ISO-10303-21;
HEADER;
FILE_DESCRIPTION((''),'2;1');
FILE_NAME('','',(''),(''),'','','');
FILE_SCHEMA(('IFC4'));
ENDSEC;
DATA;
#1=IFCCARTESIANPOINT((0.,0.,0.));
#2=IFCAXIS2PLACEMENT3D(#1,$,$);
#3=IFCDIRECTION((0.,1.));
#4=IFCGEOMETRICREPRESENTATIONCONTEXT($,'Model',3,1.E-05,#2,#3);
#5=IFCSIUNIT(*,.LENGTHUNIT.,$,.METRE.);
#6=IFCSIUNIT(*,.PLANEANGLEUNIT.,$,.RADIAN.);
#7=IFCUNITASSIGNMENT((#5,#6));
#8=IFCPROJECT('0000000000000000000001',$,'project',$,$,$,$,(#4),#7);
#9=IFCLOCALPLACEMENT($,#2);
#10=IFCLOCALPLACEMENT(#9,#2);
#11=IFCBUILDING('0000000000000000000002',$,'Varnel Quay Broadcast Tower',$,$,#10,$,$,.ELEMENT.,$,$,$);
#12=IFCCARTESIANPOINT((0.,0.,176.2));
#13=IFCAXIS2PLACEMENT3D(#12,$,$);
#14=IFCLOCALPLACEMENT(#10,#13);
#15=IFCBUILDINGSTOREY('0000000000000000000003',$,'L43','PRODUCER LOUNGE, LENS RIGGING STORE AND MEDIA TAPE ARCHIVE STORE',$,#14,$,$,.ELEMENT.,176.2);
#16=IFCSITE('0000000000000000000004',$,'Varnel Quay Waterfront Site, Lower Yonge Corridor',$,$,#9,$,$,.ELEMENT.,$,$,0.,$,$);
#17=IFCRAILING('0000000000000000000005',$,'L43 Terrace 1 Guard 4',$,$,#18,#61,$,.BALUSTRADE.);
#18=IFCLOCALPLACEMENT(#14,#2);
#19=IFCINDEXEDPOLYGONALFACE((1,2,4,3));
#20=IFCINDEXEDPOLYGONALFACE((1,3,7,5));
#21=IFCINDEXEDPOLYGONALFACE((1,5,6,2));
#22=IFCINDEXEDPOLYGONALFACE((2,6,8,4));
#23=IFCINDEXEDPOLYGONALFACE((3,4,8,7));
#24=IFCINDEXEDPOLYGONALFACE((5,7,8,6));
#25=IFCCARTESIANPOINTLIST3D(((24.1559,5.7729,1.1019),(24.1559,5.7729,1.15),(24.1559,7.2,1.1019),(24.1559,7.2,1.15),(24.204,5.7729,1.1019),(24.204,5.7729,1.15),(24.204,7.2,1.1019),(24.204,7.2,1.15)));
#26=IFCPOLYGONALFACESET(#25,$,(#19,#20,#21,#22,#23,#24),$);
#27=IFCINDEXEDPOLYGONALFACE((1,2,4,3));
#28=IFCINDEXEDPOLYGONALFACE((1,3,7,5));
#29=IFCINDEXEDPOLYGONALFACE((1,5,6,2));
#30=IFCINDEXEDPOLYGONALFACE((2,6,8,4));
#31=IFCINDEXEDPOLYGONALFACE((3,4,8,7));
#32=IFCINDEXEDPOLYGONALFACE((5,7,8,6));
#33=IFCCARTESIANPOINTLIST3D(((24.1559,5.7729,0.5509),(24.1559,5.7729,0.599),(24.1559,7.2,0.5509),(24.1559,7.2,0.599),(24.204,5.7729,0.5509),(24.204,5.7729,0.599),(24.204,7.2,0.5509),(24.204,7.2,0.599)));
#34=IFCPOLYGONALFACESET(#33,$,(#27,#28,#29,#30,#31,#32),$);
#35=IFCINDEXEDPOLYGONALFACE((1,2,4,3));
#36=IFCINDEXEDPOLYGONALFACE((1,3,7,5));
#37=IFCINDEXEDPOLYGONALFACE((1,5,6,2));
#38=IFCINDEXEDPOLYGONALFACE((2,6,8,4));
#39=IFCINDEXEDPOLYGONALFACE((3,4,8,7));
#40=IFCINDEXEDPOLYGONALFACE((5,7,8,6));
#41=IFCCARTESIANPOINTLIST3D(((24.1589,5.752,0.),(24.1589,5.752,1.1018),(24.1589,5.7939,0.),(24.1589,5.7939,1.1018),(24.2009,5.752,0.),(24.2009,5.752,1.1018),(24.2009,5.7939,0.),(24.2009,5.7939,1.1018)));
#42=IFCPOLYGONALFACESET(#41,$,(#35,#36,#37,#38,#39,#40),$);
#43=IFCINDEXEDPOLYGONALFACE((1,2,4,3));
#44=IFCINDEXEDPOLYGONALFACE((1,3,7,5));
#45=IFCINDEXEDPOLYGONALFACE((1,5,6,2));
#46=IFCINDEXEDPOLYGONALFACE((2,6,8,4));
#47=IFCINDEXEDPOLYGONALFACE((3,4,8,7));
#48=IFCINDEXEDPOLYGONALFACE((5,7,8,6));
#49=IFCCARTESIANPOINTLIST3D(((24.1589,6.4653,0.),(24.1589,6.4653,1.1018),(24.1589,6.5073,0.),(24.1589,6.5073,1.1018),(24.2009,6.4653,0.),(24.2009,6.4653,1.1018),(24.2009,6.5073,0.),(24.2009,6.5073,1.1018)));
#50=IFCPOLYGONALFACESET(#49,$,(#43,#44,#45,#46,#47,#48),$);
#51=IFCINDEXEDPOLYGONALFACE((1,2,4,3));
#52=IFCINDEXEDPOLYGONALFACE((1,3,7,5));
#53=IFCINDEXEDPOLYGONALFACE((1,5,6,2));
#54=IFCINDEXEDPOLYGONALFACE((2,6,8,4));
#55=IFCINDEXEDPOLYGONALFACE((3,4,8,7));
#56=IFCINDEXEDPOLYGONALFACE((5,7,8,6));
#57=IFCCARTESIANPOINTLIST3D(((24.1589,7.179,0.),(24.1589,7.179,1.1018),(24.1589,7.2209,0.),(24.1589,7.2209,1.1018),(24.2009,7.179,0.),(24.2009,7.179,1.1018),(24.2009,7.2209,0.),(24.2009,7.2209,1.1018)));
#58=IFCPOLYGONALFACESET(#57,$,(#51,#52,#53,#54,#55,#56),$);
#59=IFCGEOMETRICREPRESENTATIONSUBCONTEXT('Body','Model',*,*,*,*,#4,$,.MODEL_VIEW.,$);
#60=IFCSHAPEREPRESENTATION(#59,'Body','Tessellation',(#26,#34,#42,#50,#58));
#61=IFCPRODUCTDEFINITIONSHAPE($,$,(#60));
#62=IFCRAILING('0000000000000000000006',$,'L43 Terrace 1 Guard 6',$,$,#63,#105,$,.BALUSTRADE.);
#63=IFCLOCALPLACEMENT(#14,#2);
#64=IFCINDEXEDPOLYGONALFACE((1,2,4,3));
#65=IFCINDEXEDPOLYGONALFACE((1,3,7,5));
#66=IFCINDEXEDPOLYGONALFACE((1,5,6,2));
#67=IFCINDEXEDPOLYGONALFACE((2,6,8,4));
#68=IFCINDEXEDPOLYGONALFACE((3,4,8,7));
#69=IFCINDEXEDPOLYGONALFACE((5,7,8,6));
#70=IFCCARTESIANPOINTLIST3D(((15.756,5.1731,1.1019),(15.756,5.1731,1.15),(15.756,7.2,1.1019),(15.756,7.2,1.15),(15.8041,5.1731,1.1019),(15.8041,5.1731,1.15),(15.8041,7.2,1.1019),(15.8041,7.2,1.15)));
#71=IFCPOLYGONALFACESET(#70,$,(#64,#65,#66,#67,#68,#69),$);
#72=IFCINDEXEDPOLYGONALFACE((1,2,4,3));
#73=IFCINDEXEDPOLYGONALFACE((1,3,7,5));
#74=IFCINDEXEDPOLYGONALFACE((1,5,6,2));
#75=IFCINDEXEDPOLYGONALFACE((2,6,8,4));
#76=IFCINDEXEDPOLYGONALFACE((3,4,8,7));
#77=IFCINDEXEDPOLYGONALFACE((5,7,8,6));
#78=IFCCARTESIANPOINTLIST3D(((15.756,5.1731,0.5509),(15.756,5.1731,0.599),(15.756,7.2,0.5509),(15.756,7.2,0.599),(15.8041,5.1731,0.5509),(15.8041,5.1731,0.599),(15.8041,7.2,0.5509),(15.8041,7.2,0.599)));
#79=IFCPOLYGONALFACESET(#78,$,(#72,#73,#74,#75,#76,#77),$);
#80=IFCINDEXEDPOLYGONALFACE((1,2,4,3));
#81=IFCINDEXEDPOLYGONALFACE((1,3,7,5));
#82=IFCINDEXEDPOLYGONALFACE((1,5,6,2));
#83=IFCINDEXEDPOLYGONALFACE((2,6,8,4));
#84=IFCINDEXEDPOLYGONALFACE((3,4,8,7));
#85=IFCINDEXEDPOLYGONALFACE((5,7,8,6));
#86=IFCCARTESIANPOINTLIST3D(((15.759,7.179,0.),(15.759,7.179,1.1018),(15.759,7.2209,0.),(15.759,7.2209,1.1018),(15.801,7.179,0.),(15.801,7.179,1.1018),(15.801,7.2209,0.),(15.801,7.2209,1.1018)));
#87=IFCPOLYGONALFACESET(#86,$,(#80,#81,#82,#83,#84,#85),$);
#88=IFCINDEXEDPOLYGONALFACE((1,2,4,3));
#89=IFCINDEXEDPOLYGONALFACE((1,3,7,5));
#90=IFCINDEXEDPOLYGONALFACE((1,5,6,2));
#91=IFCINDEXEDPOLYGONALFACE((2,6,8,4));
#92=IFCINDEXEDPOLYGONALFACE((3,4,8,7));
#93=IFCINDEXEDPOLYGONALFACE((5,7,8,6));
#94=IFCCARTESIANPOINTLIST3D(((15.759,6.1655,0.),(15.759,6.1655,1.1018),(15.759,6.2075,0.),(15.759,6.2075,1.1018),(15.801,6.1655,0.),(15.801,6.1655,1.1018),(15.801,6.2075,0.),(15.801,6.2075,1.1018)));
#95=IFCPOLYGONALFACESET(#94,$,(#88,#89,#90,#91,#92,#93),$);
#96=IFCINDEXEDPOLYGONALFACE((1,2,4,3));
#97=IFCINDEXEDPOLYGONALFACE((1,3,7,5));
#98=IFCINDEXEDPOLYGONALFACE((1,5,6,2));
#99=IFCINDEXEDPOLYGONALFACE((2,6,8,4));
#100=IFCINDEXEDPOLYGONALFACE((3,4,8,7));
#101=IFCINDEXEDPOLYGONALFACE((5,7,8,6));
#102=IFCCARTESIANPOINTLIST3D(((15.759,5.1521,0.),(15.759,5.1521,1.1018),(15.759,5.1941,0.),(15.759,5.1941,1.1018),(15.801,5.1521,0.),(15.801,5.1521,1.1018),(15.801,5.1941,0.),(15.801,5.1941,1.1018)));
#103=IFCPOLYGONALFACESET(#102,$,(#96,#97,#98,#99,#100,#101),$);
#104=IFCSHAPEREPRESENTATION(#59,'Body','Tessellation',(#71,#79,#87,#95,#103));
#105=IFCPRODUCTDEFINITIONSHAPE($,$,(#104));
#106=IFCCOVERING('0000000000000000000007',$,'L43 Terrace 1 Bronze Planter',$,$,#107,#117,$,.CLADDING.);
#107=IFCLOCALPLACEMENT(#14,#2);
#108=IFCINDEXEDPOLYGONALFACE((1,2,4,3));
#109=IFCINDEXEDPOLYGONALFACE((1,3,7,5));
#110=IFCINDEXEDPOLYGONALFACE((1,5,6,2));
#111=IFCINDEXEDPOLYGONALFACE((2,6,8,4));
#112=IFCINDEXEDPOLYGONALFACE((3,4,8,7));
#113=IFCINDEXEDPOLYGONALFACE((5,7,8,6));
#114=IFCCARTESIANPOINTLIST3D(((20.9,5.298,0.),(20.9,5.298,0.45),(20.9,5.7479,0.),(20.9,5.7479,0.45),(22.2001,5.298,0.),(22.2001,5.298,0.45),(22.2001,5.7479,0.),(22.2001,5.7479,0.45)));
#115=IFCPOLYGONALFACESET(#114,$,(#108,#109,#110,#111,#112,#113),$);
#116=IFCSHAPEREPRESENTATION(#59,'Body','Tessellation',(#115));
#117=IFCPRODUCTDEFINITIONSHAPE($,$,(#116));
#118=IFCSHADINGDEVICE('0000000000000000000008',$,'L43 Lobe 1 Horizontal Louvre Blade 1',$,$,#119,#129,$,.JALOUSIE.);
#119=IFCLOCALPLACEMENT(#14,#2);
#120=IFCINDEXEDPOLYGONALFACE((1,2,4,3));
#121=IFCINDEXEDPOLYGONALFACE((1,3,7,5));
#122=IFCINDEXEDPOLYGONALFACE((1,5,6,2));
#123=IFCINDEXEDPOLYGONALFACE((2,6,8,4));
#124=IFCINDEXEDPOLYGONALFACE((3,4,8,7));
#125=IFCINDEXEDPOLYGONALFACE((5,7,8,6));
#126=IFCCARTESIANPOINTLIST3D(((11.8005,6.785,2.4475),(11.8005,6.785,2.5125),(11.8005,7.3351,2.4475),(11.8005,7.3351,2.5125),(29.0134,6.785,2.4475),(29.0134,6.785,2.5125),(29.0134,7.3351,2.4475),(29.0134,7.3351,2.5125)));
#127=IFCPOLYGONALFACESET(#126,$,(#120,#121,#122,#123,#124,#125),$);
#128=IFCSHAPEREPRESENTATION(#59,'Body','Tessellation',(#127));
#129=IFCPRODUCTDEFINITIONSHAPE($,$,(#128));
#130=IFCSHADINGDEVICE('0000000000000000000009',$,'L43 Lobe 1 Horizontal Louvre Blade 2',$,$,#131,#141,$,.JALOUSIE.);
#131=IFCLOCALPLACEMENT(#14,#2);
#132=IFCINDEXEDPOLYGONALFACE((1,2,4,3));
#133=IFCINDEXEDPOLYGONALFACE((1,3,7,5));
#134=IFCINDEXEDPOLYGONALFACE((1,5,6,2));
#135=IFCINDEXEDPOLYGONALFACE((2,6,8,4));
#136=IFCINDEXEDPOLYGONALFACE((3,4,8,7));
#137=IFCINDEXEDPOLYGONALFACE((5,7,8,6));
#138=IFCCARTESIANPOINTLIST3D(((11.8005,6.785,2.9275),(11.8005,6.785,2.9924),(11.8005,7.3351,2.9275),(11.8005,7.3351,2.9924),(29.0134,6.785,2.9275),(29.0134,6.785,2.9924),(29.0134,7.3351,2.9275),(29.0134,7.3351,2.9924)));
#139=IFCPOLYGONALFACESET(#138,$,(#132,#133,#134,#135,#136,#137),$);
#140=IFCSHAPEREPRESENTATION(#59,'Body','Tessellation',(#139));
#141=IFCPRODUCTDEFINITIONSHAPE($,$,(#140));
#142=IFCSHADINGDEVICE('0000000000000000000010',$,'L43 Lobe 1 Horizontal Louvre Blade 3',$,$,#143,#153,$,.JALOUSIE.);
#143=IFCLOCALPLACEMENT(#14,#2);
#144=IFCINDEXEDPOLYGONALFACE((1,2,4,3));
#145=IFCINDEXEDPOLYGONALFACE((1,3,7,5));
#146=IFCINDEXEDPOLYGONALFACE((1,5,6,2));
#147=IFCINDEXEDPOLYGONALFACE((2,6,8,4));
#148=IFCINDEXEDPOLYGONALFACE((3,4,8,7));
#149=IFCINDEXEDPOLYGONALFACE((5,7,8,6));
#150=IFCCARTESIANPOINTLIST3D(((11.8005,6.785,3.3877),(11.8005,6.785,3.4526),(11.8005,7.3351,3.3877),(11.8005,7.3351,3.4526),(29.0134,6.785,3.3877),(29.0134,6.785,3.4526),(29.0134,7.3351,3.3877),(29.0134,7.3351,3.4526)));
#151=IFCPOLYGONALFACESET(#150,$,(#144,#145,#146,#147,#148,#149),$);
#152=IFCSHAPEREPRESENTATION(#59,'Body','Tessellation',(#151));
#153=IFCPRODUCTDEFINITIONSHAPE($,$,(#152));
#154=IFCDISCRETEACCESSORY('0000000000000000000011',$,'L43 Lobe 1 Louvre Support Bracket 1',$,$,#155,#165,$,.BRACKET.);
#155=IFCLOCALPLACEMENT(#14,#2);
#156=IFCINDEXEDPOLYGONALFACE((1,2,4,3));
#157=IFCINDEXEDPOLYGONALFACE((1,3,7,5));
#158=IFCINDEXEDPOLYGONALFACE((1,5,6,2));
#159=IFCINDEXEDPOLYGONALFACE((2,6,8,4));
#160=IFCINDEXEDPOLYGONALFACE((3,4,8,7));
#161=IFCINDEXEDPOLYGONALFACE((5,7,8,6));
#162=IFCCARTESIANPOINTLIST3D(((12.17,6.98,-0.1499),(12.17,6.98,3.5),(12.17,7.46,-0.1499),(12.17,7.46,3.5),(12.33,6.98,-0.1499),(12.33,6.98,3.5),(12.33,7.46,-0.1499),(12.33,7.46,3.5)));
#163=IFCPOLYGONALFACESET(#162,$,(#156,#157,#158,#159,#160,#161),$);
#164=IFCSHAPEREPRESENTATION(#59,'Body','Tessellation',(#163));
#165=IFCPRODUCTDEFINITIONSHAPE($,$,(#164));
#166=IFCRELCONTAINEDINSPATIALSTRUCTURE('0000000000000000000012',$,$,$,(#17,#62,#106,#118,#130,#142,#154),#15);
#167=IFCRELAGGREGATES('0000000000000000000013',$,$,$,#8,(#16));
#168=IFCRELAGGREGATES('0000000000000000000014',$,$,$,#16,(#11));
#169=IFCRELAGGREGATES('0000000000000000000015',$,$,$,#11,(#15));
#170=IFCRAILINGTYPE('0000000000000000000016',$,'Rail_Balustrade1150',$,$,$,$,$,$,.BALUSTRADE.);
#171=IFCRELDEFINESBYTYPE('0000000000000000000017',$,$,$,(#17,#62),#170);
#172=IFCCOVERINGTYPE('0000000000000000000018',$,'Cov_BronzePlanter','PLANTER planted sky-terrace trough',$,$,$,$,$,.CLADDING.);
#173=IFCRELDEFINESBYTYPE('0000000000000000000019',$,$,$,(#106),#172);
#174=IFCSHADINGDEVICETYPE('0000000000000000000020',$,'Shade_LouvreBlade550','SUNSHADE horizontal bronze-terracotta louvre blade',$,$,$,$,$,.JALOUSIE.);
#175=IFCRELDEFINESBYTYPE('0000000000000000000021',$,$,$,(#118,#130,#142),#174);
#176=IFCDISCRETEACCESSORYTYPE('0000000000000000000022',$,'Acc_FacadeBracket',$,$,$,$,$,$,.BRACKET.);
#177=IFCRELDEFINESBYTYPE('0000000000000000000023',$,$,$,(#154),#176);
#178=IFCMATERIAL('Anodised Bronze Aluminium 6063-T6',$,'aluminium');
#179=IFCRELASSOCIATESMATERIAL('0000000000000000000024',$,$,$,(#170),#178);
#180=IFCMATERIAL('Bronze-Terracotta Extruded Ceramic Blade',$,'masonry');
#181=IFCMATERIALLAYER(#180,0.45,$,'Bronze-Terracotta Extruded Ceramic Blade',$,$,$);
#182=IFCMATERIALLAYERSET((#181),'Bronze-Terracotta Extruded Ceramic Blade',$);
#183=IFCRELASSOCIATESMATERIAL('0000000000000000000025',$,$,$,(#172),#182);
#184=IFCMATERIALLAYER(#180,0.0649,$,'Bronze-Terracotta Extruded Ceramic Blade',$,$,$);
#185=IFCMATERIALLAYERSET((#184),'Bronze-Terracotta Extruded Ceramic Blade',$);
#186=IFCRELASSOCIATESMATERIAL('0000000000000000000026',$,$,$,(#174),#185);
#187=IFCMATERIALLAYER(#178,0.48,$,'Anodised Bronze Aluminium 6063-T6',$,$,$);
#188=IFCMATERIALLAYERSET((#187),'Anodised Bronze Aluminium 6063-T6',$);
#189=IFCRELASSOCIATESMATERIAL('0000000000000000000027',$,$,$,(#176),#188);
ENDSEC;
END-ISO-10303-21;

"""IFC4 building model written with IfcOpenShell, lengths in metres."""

from ifc_helpers import new_model, si_unit, direction, frame, origin, origin_2d, place, context, subcontext, project, spatial, rectangle, extrude, source, transform, mapped, material, layer, layer_set, type_object, type_shapes, element, save


model = new_model("IFC4")

# Units and contexts
model_context = context("Model", 3, precision=1e-05, world=origin(), true_north=direction((0.0, 1.0)))
body_context = subcontext(model_context, "Body", "Model", "MODEL_VIEW")
ifc_project = project(units=[si_unit("LENGTHUNIT", "METRE"), si_unit("PLANEANGLEUNIT", "RADIAN")], contexts=[model_context])

# Site, building, storey
site_placement = place(None, origin())
site = spatial("IfcSite", under=ifc_project, at=site_placement, Name="Varnel Quay Waterfront Site, Lower Yonge Corridor", CompositionType="ELEMENT", RefElevation=0.0)
building_placement = place(site_placement, origin())
building = spatial("IfcBuilding", under=site, at=building_placement, Name="Varnel Quay Broadcast Tower", CompositionType="ELEMENT")
storey_placement = place(building_placement, frame((0.0, 0.0, 176.2)))
storey = spatial("IfcBuildingStorey", under=building, at=storey_placement, Name="L43", Description="PRODUCER LOUNGE, LENS RIGGING STORE AND MEDIA TAPE ARCHIVE STORE", CompositionType="ELEMENT", Elevation=176.2)

# Shared definitions
ifc_material_1 = material(Name="Anodised Bronze Aluminium 6063-T6", Category="aluminium")

# Railings
railing_type = type_object("IfcRailingType", Name="Rail_Balustrade1150", PredefinedType="BALUSTRADE", material=ifc_material_1)
railing_1_placement = place(storey_placement, frame((24.1799, 5.7729, 0.0)))
element("IfcRailing", 1, at=railing_1_placement, inside=storey, type_object=railing_type, Name="L43 Terrace 1 Guard 4", PredefinedType="BALUSTRADE", context=body_context, shape_type="SweptSolid", body=[
    extrude(rectangle(XDim=0.0481, YDim=0.0481, at=origin_2d()), frame((0.0, 0.0, 1.126), z_axis=(0.0, 1.0, 0.0), x_axis=(-1.0, 0.0, 0.0)), (0.0, 0.0, 1.0), 1.427),
    extrude(rectangle(XDim=0.0481, YDim=0.0481, at=origin_2d()), frame((0.0, 0.0, 0.575), z_axis=(0.0, 1.0, 0.0), x_axis=(-1.0, 0.0, 0.0)), (0.0, 0.0, 1.0), 1.427),
    extrude(rectangle(XDim=0.042, YDim=0.042, at=origin_2d()), origin(), (0.0, 0.0, 1.0), 1.1018),
    extrude(rectangle(XDim=0.042, YDim=0.042, at=origin_2d()), frame((0.0, 0.7134, 0.0)), (0.0, 0.0, 1.0), 1.1018),
    extrude(rectangle(XDim=0.042, YDim=0.042, at=origin_2d()), frame((0.0, 1.427, 0.0)), (0.0, 0.0, 1.0), 1.1018),
])
railing_2_placement = place(storey_placement, frame((15.78, 7.2, 0.0)))
element("IfcRailing", 2, at=railing_2_placement, inside=storey, type_object=railing_type, Name="L43 Terrace 1 Guard 6", PredefinedType="BALUSTRADE", context=body_context, shape_type="SweptSolid", body=[
    extrude(rectangle(XDim=0.0481, YDim=0.0481, at=origin_2d()), frame((0.0, 0.0, 1.126), z_axis=(0.0, -1.0, 0.0), x_axis=(1.0, 0.0, 0.0)), (0.0, 0.0, 1.0), 2.0269),
    extrude(rectangle(XDim=0.0481, YDim=0.0481, at=origin_2d()), frame((0.0, 0.0, 0.575), z_axis=(0.0, -1.0, 0.0), x_axis=(1.0, 0.0, 0.0)), (0.0, 0.0, 1.0), 2.0269),
    extrude(rectangle(XDim=0.042, YDim=0.042, at=origin_2d()), origin(), (0.0, 0.0, 1.0), 1.1018),
    extrude(rectangle(XDim=0.042, YDim=0.042, at=origin_2d()), frame((0.0, -1.0134, 0.0)), (0.0, 0.0, 1.0), 1.1018),
    extrude(rectangle(XDim=0.042, YDim=0.042, at=origin_2d()), frame((0.0, -2.0269, 0.0)), (0.0, 0.0, 1.0), 1.1018),
])

# Covering
ifc_material_2 = material(Name="Bronze-Terracotta Extruded Ceramic Blade", Category="masonry")
ifc_layer_1 = layer(ifc_material_2, 0.45, Name="Bronze-Terracotta Extruded Ceramic Blade")
ifc_layer_set_1 = layer_set([ifc_layer_1], Name="Bronze-Terracotta Extruded Ceramic Blade")
covering_type = type_object("IfcCoveringType", Name="Cov_BronzePlanter", Description="PLANTER planted sky-terrace trough", PredefinedType="CLADDING", material=ifc_layer_set_1)
shared_shape_1 = source(origin(), body_context, "Body", "SweptSolid", [
    extrude(rectangle(XDim=1.3, YDim=0.45, at=origin_2d()), origin(), (0.0, 0.0, 1.0), 0.45),
])
type_shapes(covering_type, [shared_shape_1])
covering_placement = place(storey_placement, frame((21.55, 5.5229, 0.0), z_axis=(0.0, 0.0, 1.0), x_axis=(1.0, 0.0, 0.0)))
element("IfcCovering", 3, at=covering_placement, inside=storey, type_object=covering_type, Name="L43 Terrace 1 Bronze Planter", PredefinedType="CLADDING", context=body_context, shape_type="MappedRepresentation", body=[
    mapped(shared_shape_1, transform((0.0, 0.0, 0.0), x_axis=(1.0, 0.0, 0.0), y_axis=(0.0, 1.0, 0.0), z_axis=(0.0, 0.0, 1.0), scale=1.0)),
])

# Shading devices
ifc_layer_2 = layer(ifc_material_2, 0.0649, Name="Bronze-Terracotta Extruded Ceramic Blade")
ifc_layer_set_2 = layer_set([ifc_layer_2], Name="Bronze-Terracotta Extruded Ceramic Blade")
shading_device_type = type_object("IfcShadingDeviceType", Name="Shade_LouvreBlade550", Description="SUNSHADE horizontal bronze-terracotta louvre blade", PredefinedType="JALOUSIE", material=ifc_layer_set_2)
shared_shape_2 = source(origin(), body_context, "Body", "SweptSolid", [
    extrude(rectangle(XDim=17.2129, YDim=0.55, at=origin_2d()), origin(), (0.0, 0.0, 1.0), 0.0649),
])
type_shapes(shading_device_type, [shared_shape_2])
for number, where, z_axis, x_axis, name in (
    (4, (20.407, 7.0601, 2.4475), (0.0, 0.0, 1.0), (1.0, 0.0, 0.0), "L43 Lobe 1 Horizontal Louvre Blade 1"),
    (5, (20.407, 7.0601, 2.9275), (0.0, 0.0, 1.0), (1.0, 0.0, 0.0), "L43 Lobe 1 Horizontal Louvre Blade 2"),
    (6, (20.407, 7.0601, 3.3877), (0.0, 0.0, 1.0), (1.0, 0.0, 0.0), "L43 Lobe 1 Horizontal Louvre Blade 3"),
):
    element("IfcShadingDevice", number, at=place(storey_placement, frame(where, z_axis=z_axis, x_axis=x_axis)), inside=storey, type_object=shading_device_type, Name=name, PredefinedType="JALOUSIE", context=body_context, shape_type="MappedRepresentation", body=[
        mapped(shared_shape_2, transform((0.0, 0.0, 0.0), x_axis=(1.0, 0.0, 0.0), y_axis=(0.0, 1.0, 0.0), z_axis=(0.0, 0.0, 1.0), scale=1.0)),
    ])

# Discrete accessory
ifc_layer_3 = layer(ifc_material_1, 0.48, Name="Anodised Bronze Aluminium 6063-T6")
ifc_layer_set_3 = layer_set([ifc_layer_3], Name="Anodised Bronze Aluminium 6063-T6")
discrete_accessory_type = type_object("IfcDiscreteAccessoryType", Name="Acc_FacadeBracket", PredefinedType="BRACKET", material=ifc_layer_set_3)
shared_shape_3 = source(origin(), body_context, "Body", "SweptSolid", [
    extrude(rectangle(XDim=0.1599, YDim=0.48, at=origin_2d()), origin(), (0.0, 0.0, 1.0), 3.6499),
])
type_shapes(discrete_accessory_type, [shared_shape_3])
discrete_accessory_placement = place(storey_placement, frame((12.25, 7.22, -0.1499), z_axis=(0.0, 0.0, 1.0), x_axis=(1.0, 0.0, 0.0)))
element("IfcDiscreteAccessory", 7, at=discrete_accessory_placement, inside=storey, type_object=discrete_accessory_type, Name="L43 Lobe 1 Louvre Support Bracket 1", PredefinedType="BRACKET", context=body_context, shape_type="MappedRepresentation", body=[
    mapped(shared_shape_3, transform((0.0, 0.0, 0.0), x_axis=(1.0, 0.0, 0.0), y_axis=(0.0, 1.0, 0.0), z_axis=(0.0, 0.0, 1.0), scale=1.0)),
])

save(model, "model.ifc")
